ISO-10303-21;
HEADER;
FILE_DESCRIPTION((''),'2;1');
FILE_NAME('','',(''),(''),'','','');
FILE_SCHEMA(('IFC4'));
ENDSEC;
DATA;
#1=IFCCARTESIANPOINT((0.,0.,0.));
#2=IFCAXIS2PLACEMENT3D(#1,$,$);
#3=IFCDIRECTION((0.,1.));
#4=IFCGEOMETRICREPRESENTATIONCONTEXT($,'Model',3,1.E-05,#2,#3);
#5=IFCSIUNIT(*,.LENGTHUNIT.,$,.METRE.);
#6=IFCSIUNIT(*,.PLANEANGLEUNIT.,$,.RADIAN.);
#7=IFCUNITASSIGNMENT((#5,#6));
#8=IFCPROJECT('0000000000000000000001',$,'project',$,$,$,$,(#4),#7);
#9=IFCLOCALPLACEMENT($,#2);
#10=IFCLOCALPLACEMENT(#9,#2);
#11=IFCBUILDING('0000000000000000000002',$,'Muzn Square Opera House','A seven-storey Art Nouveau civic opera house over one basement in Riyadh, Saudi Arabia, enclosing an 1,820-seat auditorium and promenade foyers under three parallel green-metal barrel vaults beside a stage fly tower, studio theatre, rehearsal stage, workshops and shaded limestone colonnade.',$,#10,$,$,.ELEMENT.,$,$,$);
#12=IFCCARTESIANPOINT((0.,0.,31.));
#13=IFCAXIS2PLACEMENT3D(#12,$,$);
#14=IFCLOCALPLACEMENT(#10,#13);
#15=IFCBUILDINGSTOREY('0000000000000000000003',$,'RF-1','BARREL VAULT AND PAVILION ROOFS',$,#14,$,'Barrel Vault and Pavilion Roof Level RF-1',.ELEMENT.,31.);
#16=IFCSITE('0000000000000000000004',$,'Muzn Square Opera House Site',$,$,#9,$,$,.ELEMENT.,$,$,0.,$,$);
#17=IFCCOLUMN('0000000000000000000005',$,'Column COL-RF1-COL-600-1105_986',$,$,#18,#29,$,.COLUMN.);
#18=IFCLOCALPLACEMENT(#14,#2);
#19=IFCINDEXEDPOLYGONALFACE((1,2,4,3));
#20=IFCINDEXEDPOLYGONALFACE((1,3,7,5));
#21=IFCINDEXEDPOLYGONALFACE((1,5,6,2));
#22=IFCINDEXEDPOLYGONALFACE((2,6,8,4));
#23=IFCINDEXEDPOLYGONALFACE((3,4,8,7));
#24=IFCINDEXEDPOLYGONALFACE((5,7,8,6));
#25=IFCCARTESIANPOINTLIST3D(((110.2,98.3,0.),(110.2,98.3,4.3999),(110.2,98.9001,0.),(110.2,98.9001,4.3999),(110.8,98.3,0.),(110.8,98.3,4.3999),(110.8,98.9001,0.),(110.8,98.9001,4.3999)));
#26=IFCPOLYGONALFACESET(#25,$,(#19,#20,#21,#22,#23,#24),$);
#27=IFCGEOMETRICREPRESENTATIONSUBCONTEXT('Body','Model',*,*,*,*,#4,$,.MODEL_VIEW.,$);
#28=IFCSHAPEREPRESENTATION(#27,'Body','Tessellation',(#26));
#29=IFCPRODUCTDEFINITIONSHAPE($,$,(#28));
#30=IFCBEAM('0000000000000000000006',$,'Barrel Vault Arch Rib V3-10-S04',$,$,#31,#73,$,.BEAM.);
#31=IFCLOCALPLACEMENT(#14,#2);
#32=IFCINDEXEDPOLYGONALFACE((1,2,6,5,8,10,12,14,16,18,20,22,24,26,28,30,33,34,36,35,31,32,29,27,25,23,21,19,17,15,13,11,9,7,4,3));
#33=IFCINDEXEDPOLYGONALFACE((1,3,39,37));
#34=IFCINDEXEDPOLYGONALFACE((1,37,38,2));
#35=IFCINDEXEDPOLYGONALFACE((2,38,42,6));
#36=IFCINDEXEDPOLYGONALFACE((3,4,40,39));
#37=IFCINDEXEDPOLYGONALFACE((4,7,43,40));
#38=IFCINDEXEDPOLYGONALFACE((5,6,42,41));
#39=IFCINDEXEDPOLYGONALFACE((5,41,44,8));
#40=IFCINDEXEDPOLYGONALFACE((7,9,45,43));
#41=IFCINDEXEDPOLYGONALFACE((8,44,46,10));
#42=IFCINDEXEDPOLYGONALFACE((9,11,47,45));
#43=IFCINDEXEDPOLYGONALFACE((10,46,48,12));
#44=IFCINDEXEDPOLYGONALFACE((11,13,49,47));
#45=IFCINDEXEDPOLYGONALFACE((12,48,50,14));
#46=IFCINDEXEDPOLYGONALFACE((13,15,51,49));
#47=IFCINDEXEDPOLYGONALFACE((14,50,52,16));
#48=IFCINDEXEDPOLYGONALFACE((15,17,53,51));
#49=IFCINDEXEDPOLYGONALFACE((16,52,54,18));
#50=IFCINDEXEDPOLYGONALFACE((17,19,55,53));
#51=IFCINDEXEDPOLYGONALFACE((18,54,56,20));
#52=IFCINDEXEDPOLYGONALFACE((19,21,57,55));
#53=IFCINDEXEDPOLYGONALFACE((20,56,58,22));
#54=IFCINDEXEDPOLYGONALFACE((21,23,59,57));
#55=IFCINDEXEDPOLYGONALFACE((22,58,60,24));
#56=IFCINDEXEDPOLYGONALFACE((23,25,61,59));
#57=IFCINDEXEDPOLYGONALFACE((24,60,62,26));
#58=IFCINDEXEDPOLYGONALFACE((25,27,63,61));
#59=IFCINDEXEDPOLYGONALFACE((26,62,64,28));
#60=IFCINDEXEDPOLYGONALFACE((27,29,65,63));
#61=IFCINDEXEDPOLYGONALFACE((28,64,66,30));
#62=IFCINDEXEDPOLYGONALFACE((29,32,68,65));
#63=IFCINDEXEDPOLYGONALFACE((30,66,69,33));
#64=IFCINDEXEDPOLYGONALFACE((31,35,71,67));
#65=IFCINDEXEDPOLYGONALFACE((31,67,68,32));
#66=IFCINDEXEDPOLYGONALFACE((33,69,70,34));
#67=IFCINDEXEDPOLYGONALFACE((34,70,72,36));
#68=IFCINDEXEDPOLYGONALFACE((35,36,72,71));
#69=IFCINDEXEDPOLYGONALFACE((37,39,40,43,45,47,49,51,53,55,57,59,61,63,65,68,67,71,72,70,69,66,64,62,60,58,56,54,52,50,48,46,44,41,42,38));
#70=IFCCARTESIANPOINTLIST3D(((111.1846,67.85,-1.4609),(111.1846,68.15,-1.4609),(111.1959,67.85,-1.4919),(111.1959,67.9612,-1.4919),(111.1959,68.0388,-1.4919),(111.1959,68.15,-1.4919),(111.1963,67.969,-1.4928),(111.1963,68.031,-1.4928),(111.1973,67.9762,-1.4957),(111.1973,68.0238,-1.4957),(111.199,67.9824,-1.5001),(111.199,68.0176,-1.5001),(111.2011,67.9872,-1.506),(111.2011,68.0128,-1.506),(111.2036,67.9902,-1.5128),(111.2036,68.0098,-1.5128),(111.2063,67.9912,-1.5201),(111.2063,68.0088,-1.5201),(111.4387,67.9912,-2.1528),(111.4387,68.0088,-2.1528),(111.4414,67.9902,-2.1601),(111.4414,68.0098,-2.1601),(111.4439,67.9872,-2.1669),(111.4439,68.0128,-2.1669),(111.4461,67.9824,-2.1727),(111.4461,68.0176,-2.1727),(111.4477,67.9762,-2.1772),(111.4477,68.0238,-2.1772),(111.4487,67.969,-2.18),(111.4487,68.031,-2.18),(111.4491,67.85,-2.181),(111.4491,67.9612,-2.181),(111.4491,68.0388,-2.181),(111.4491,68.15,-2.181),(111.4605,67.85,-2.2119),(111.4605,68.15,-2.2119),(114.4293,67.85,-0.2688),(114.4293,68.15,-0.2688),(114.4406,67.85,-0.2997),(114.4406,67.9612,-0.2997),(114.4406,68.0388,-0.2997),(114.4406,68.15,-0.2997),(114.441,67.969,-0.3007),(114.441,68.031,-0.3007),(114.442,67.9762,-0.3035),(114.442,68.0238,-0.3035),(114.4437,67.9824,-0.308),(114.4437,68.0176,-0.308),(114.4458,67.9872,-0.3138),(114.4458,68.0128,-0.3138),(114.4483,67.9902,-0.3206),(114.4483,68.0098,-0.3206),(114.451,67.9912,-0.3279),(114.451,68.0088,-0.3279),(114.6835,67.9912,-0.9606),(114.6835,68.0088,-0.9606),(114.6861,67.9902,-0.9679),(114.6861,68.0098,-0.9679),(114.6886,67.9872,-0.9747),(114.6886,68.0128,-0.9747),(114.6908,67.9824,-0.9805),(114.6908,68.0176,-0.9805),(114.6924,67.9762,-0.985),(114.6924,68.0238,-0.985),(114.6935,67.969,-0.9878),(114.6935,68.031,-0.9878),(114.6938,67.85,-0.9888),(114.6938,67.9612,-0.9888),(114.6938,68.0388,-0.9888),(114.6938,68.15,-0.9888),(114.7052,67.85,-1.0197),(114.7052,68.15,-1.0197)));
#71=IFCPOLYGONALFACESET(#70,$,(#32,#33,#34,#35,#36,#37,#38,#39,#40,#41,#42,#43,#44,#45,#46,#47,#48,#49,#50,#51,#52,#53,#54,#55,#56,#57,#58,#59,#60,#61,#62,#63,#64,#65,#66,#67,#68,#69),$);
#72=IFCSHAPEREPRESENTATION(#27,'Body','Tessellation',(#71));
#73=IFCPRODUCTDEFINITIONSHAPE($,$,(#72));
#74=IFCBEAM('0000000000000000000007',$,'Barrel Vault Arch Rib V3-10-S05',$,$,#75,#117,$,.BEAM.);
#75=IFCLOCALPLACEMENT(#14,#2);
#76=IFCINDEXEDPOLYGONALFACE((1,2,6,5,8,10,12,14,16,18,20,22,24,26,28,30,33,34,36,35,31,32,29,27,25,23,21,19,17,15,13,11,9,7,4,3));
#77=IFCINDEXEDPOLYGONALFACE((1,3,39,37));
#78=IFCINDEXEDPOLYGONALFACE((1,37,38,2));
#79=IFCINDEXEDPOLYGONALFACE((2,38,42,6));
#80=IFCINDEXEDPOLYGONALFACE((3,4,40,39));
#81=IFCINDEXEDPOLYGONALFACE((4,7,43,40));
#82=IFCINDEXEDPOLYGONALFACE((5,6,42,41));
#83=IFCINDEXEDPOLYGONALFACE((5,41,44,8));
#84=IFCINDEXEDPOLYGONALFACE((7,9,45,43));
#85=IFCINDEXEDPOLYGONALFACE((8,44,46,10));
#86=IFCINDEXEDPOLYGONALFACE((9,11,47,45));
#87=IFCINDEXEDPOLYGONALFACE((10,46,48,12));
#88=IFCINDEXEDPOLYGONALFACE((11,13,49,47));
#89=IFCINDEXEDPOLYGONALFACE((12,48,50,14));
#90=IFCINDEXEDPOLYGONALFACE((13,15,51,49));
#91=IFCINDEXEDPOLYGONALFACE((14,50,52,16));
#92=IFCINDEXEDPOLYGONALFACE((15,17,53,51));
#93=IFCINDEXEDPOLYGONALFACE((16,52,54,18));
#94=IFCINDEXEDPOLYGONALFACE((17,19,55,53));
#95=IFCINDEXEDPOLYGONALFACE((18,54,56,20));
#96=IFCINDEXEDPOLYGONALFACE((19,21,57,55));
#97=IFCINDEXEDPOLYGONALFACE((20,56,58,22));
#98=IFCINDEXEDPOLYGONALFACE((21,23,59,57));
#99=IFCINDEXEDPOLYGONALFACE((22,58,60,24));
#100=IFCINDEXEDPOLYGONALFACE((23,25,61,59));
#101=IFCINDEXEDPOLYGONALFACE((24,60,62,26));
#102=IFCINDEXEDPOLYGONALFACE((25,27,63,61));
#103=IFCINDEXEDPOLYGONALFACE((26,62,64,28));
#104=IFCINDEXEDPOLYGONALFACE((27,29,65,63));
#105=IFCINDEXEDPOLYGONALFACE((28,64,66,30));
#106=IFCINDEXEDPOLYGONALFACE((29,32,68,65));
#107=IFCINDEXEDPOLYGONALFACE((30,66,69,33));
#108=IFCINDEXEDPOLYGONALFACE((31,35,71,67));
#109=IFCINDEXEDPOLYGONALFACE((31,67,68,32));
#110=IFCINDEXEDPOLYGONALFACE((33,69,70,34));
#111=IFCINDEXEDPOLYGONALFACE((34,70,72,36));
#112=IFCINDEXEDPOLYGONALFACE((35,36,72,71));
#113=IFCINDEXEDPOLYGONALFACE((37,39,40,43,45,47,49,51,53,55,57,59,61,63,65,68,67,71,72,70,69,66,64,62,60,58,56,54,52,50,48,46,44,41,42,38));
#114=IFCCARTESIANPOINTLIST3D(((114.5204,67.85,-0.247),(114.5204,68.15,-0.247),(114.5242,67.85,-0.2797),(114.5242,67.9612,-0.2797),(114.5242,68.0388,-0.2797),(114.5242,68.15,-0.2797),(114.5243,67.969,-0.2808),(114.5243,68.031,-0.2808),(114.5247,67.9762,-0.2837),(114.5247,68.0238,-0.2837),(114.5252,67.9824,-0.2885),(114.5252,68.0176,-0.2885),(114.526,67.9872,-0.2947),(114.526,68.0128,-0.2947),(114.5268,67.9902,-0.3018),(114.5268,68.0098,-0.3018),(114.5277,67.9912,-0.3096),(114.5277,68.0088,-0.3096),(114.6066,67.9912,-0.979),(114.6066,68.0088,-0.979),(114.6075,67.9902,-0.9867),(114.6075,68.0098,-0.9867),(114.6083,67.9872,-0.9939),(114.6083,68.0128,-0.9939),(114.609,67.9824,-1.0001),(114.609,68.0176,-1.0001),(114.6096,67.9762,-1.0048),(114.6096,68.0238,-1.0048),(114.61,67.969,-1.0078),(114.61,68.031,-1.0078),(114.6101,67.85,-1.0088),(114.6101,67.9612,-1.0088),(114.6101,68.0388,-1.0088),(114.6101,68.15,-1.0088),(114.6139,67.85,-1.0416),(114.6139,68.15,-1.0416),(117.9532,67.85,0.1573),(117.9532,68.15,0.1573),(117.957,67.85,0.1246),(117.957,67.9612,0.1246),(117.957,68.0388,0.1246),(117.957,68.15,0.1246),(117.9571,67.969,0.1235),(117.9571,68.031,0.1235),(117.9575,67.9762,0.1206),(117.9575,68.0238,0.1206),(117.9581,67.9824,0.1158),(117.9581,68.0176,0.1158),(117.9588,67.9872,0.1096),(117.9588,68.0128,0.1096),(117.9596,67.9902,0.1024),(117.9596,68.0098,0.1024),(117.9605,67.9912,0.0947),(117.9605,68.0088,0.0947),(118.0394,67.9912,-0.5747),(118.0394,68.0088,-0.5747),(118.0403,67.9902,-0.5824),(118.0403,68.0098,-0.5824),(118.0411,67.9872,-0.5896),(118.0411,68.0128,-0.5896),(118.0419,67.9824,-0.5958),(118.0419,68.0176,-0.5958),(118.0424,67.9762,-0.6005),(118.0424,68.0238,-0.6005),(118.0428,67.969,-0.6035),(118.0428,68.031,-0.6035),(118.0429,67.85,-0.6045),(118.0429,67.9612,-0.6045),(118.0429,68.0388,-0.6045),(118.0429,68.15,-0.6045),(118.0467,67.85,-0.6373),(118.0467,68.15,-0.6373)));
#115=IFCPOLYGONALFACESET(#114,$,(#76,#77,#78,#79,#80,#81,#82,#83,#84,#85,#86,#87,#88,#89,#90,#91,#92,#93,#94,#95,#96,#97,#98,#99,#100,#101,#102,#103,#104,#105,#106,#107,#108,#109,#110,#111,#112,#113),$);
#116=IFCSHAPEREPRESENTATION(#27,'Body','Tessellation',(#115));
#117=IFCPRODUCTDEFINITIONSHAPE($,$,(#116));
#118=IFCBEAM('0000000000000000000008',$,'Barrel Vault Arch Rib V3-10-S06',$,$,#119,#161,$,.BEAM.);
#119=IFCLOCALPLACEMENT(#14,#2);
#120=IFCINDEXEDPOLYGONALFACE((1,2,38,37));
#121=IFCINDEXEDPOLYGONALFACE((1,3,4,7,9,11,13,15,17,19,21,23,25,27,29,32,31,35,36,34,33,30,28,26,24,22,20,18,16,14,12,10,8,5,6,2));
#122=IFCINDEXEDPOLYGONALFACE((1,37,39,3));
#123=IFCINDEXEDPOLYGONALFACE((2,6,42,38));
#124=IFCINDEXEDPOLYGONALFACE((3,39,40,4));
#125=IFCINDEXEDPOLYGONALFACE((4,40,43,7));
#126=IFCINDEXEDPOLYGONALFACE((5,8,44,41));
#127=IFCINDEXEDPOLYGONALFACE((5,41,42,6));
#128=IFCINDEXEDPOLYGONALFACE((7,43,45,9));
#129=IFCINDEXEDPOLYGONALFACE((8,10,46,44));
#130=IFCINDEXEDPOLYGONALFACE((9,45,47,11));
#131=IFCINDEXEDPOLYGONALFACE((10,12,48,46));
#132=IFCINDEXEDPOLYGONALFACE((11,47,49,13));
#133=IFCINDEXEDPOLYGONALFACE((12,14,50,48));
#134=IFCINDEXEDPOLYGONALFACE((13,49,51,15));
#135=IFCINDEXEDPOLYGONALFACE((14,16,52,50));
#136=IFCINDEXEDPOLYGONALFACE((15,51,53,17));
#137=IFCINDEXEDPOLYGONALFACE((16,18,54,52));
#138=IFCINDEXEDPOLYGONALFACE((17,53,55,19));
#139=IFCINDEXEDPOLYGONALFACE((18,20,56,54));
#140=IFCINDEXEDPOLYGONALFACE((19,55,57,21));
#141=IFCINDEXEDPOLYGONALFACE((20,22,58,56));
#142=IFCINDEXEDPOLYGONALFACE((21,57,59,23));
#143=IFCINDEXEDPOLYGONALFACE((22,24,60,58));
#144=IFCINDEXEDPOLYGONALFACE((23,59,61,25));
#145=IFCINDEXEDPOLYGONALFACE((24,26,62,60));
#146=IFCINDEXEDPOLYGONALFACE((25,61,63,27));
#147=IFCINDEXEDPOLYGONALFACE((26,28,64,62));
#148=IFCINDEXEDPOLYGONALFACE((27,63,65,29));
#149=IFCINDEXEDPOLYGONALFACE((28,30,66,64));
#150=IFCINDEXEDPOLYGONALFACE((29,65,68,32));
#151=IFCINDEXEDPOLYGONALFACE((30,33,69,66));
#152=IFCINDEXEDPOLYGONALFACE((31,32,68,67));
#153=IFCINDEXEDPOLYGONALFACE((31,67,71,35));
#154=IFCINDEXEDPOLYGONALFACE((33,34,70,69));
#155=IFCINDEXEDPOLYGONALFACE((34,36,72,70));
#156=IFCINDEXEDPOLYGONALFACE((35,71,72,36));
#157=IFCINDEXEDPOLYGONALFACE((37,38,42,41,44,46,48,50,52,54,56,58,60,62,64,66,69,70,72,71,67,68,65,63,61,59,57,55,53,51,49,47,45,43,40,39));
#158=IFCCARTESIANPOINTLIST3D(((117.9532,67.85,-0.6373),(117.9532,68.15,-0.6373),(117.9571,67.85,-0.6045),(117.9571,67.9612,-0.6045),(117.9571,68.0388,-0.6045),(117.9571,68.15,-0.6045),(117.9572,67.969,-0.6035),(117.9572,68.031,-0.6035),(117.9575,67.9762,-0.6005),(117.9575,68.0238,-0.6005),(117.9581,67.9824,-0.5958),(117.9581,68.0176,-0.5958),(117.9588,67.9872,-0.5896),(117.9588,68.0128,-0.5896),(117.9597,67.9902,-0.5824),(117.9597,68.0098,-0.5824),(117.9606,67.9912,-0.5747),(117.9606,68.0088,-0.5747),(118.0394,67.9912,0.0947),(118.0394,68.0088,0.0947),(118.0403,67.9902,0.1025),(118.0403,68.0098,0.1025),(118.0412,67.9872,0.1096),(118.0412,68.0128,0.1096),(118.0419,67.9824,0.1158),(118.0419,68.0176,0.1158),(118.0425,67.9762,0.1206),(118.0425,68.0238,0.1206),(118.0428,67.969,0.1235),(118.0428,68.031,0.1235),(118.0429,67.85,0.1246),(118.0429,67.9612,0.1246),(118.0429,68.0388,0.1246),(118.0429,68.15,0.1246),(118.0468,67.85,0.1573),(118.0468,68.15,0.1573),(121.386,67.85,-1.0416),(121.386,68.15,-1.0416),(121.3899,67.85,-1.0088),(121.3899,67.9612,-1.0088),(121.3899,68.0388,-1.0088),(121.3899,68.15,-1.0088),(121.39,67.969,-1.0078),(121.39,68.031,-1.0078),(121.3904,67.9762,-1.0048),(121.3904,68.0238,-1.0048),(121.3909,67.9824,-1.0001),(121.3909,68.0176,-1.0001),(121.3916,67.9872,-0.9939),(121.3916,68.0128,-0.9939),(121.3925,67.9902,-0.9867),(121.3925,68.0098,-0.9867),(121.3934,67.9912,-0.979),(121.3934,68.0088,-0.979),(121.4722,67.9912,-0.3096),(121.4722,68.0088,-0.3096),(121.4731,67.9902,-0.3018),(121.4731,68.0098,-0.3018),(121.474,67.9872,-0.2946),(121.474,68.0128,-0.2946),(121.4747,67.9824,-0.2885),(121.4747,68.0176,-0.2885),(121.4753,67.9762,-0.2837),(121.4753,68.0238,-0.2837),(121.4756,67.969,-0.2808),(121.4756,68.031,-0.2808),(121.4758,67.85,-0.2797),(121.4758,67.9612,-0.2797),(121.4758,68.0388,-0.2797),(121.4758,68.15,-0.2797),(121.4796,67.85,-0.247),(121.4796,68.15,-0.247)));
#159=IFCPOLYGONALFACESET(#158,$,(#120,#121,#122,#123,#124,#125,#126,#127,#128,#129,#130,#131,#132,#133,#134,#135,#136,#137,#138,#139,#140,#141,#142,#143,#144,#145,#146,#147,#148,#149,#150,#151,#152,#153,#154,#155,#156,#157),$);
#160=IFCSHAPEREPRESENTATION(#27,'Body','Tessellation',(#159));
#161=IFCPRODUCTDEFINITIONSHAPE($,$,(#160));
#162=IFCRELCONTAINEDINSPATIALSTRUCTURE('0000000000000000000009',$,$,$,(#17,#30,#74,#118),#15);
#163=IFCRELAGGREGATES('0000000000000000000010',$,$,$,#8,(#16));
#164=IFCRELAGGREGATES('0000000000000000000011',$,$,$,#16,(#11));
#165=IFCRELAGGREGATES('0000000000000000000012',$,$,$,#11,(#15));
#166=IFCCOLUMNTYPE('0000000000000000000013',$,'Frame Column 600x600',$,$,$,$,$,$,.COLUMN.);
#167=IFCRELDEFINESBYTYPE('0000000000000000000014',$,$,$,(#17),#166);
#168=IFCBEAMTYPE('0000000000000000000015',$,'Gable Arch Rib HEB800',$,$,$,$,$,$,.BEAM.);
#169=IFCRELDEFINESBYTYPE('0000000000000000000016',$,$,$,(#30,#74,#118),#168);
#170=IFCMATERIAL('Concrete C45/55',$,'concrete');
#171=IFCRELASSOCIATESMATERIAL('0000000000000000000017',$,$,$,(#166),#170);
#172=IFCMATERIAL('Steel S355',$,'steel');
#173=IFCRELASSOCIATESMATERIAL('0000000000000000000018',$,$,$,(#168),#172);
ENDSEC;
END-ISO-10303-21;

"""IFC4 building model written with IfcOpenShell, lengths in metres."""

from ifc_helpers import new_model, si_unit, direction, frame, origin, origin_2d, place, context, subcontext, project, spatial, rectangle, i_section, extrude, material, material_profile, profile_set, type_object, element, save


model = new_model("IFC4")

# Units and contexts
model_context = context("Model", 3, precision=1e-05, world=origin(), true_north=direction((0.0, 1.0)))
body_context = subcontext(model_context, "Body", "Model", "MODEL_VIEW")
ifc_project = project(units=[si_unit("LENGTHUNIT", "METRE"), si_unit("PLANEANGLEUNIT", "RADIAN")], contexts=[model_context])

# Site, building, storey
site_placement = place(None, origin())
site = spatial("IfcSite", under=ifc_project, at=site_placement, Name="Muzn Square Opera House Site", CompositionType="ELEMENT", RefElevation=0.0)
building_placement = place(site_placement, origin())
building = spatial("IfcBuilding", under=site, at=building_placement, Name="Muzn Square Opera House", Description="A seven-storey Art Nouveau civic opera house over one basement in Riyadh, Saudi Arabia, enclosing an 1,820-seat auditorium and promenade foyers under three parallel green-metal barrel vaults beside a stage fly tower, studio theatre, rehearsal stage, workshops and shaded limestone colonnade.", CompositionType="ELEMENT")
storey_placement = place(building_placement, frame((0.0, 0.0, 31.0)))
storey = spatial("IfcBuildingStorey", under=building, at=storey_placement, Name="RF-1", Description="BARREL VAULT AND PAVILION ROOFS", LongName="Barrel Vault and Pavilion Roof Level RF-1", CompositionType="ELEMENT", Elevation=31.0)

# Column
ifc_material_1 = material(Name="Concrete C45/55", Category="concrete")
ifc_material_profile_1 = material_profile(ifc_material_1, rectangle(XDim=0.6001, YDim=0.6001, at=origin_2d()), Name="RC 600x600", Category="concrete")
ifc_profile_set_1 = profile_set([ifc_material_profile_1], Name="Concrete C45/55")
column_type = type_object("IfcColumnType", Name="Frame Column 600x600", PredefinedType="COLUMN", material=ifc_profile_set_1)
column_placement = place(storey_placement, frame((110.5, 98.6001, 0.0), z_axis=(0.0, 0.0, 1.0), x_axis=(1.0, 0.0, 0.0)))
element("IfcColumn", 1, at=column_placement, inside=storey, type_object=column_type, Name="Column COL-RF1-COL-600-1105_986", PredefinedType="COLUMN", context=body_context, shape_type="SweptSolid", body=[
    extrude(rectangle(XDim=0.6001, YDim=0.6001, at=origin_2d()), origin(), (0.0, 0.0, 1.0), 4.3999),
])

# Beams
ifc_material_2 = material(Name="Steel S355", Category="steel")
ifc_material_profile_2 = material_profile(ifc_material_2, i_section(OverallWidth=0.3, OverallDepth=0.8, WebThickness=0.0176, FlangeThickness=0.033, FilletRadius=0.03, at=origin_2d()), Name="HEB 800", Category="steel")
ifc_profile_set_2 = profile_set([ifc_material_profile_2], Name="Steel S355")
beam_type_1 = type_object("IfcBeamType", Name="Gable Arch Rib HEB800", PredefinedType="BEAM", material=ifc_profile_set_2)
beam_1_placement = place(storey_placement, frame((111.3225, 68.0, -1.8364), z_axis=(0.938648, 0.0, 0.344877), x_axis=(0.0, 1.0, 0.0)))
element("IfcBeam", 2, at=beam_1_placement, inside=storey, type_object=beam_type_1, Name="Barrel Vault Arch Rib V3-10-S04", PredefinedType="BEAM", context=body_context, shape_type="SweptSolid", body=[
    extrude(i_section(OverallWidth=0.3, OverallDepth=0.8, WebThickness=0.0176, FlangeThickness=0.033, FilletRadius=0.03, at=origin_2d()), origin(), (0.0, 0.0, 1.0), 3.4568),
])
for number, where, z_axis, x_axis, name in (
    (3, (114.5671, 68.0, -0.6443), (0.993136, 0.0, 0.116964), (0.0, 1.0, 0.0), "Barrel Vault Arch Rib V3-10-S05"),
    (4, (118.0, 68.0, -0.24), (0.993136, 0.0, -0.116964), (0.0, 1.0, 0.0), "Barrel Vault Arch Rib V3-10-S06"),
):
    element("IfcBeam", number, at=place(storey_placement, frame(where, z_axis=z_axis, x_axis=x_axis)), inside=storey, type_object=beam_type_1, Name=name, PredefinedType="BEAM", context=body_context, shape_type="SweptSolid", body=[
        extrude(i_section(OverallWidth=0.3, OverallDepth=0.8, WebThickness=0.0176, FlangeThickness=0.033, FilletRadius=0.03, at=origin_2d()), origin(), (0.0, 0.0, 1.0), 3.4565),
    ])

save(model, "model.ifc")
